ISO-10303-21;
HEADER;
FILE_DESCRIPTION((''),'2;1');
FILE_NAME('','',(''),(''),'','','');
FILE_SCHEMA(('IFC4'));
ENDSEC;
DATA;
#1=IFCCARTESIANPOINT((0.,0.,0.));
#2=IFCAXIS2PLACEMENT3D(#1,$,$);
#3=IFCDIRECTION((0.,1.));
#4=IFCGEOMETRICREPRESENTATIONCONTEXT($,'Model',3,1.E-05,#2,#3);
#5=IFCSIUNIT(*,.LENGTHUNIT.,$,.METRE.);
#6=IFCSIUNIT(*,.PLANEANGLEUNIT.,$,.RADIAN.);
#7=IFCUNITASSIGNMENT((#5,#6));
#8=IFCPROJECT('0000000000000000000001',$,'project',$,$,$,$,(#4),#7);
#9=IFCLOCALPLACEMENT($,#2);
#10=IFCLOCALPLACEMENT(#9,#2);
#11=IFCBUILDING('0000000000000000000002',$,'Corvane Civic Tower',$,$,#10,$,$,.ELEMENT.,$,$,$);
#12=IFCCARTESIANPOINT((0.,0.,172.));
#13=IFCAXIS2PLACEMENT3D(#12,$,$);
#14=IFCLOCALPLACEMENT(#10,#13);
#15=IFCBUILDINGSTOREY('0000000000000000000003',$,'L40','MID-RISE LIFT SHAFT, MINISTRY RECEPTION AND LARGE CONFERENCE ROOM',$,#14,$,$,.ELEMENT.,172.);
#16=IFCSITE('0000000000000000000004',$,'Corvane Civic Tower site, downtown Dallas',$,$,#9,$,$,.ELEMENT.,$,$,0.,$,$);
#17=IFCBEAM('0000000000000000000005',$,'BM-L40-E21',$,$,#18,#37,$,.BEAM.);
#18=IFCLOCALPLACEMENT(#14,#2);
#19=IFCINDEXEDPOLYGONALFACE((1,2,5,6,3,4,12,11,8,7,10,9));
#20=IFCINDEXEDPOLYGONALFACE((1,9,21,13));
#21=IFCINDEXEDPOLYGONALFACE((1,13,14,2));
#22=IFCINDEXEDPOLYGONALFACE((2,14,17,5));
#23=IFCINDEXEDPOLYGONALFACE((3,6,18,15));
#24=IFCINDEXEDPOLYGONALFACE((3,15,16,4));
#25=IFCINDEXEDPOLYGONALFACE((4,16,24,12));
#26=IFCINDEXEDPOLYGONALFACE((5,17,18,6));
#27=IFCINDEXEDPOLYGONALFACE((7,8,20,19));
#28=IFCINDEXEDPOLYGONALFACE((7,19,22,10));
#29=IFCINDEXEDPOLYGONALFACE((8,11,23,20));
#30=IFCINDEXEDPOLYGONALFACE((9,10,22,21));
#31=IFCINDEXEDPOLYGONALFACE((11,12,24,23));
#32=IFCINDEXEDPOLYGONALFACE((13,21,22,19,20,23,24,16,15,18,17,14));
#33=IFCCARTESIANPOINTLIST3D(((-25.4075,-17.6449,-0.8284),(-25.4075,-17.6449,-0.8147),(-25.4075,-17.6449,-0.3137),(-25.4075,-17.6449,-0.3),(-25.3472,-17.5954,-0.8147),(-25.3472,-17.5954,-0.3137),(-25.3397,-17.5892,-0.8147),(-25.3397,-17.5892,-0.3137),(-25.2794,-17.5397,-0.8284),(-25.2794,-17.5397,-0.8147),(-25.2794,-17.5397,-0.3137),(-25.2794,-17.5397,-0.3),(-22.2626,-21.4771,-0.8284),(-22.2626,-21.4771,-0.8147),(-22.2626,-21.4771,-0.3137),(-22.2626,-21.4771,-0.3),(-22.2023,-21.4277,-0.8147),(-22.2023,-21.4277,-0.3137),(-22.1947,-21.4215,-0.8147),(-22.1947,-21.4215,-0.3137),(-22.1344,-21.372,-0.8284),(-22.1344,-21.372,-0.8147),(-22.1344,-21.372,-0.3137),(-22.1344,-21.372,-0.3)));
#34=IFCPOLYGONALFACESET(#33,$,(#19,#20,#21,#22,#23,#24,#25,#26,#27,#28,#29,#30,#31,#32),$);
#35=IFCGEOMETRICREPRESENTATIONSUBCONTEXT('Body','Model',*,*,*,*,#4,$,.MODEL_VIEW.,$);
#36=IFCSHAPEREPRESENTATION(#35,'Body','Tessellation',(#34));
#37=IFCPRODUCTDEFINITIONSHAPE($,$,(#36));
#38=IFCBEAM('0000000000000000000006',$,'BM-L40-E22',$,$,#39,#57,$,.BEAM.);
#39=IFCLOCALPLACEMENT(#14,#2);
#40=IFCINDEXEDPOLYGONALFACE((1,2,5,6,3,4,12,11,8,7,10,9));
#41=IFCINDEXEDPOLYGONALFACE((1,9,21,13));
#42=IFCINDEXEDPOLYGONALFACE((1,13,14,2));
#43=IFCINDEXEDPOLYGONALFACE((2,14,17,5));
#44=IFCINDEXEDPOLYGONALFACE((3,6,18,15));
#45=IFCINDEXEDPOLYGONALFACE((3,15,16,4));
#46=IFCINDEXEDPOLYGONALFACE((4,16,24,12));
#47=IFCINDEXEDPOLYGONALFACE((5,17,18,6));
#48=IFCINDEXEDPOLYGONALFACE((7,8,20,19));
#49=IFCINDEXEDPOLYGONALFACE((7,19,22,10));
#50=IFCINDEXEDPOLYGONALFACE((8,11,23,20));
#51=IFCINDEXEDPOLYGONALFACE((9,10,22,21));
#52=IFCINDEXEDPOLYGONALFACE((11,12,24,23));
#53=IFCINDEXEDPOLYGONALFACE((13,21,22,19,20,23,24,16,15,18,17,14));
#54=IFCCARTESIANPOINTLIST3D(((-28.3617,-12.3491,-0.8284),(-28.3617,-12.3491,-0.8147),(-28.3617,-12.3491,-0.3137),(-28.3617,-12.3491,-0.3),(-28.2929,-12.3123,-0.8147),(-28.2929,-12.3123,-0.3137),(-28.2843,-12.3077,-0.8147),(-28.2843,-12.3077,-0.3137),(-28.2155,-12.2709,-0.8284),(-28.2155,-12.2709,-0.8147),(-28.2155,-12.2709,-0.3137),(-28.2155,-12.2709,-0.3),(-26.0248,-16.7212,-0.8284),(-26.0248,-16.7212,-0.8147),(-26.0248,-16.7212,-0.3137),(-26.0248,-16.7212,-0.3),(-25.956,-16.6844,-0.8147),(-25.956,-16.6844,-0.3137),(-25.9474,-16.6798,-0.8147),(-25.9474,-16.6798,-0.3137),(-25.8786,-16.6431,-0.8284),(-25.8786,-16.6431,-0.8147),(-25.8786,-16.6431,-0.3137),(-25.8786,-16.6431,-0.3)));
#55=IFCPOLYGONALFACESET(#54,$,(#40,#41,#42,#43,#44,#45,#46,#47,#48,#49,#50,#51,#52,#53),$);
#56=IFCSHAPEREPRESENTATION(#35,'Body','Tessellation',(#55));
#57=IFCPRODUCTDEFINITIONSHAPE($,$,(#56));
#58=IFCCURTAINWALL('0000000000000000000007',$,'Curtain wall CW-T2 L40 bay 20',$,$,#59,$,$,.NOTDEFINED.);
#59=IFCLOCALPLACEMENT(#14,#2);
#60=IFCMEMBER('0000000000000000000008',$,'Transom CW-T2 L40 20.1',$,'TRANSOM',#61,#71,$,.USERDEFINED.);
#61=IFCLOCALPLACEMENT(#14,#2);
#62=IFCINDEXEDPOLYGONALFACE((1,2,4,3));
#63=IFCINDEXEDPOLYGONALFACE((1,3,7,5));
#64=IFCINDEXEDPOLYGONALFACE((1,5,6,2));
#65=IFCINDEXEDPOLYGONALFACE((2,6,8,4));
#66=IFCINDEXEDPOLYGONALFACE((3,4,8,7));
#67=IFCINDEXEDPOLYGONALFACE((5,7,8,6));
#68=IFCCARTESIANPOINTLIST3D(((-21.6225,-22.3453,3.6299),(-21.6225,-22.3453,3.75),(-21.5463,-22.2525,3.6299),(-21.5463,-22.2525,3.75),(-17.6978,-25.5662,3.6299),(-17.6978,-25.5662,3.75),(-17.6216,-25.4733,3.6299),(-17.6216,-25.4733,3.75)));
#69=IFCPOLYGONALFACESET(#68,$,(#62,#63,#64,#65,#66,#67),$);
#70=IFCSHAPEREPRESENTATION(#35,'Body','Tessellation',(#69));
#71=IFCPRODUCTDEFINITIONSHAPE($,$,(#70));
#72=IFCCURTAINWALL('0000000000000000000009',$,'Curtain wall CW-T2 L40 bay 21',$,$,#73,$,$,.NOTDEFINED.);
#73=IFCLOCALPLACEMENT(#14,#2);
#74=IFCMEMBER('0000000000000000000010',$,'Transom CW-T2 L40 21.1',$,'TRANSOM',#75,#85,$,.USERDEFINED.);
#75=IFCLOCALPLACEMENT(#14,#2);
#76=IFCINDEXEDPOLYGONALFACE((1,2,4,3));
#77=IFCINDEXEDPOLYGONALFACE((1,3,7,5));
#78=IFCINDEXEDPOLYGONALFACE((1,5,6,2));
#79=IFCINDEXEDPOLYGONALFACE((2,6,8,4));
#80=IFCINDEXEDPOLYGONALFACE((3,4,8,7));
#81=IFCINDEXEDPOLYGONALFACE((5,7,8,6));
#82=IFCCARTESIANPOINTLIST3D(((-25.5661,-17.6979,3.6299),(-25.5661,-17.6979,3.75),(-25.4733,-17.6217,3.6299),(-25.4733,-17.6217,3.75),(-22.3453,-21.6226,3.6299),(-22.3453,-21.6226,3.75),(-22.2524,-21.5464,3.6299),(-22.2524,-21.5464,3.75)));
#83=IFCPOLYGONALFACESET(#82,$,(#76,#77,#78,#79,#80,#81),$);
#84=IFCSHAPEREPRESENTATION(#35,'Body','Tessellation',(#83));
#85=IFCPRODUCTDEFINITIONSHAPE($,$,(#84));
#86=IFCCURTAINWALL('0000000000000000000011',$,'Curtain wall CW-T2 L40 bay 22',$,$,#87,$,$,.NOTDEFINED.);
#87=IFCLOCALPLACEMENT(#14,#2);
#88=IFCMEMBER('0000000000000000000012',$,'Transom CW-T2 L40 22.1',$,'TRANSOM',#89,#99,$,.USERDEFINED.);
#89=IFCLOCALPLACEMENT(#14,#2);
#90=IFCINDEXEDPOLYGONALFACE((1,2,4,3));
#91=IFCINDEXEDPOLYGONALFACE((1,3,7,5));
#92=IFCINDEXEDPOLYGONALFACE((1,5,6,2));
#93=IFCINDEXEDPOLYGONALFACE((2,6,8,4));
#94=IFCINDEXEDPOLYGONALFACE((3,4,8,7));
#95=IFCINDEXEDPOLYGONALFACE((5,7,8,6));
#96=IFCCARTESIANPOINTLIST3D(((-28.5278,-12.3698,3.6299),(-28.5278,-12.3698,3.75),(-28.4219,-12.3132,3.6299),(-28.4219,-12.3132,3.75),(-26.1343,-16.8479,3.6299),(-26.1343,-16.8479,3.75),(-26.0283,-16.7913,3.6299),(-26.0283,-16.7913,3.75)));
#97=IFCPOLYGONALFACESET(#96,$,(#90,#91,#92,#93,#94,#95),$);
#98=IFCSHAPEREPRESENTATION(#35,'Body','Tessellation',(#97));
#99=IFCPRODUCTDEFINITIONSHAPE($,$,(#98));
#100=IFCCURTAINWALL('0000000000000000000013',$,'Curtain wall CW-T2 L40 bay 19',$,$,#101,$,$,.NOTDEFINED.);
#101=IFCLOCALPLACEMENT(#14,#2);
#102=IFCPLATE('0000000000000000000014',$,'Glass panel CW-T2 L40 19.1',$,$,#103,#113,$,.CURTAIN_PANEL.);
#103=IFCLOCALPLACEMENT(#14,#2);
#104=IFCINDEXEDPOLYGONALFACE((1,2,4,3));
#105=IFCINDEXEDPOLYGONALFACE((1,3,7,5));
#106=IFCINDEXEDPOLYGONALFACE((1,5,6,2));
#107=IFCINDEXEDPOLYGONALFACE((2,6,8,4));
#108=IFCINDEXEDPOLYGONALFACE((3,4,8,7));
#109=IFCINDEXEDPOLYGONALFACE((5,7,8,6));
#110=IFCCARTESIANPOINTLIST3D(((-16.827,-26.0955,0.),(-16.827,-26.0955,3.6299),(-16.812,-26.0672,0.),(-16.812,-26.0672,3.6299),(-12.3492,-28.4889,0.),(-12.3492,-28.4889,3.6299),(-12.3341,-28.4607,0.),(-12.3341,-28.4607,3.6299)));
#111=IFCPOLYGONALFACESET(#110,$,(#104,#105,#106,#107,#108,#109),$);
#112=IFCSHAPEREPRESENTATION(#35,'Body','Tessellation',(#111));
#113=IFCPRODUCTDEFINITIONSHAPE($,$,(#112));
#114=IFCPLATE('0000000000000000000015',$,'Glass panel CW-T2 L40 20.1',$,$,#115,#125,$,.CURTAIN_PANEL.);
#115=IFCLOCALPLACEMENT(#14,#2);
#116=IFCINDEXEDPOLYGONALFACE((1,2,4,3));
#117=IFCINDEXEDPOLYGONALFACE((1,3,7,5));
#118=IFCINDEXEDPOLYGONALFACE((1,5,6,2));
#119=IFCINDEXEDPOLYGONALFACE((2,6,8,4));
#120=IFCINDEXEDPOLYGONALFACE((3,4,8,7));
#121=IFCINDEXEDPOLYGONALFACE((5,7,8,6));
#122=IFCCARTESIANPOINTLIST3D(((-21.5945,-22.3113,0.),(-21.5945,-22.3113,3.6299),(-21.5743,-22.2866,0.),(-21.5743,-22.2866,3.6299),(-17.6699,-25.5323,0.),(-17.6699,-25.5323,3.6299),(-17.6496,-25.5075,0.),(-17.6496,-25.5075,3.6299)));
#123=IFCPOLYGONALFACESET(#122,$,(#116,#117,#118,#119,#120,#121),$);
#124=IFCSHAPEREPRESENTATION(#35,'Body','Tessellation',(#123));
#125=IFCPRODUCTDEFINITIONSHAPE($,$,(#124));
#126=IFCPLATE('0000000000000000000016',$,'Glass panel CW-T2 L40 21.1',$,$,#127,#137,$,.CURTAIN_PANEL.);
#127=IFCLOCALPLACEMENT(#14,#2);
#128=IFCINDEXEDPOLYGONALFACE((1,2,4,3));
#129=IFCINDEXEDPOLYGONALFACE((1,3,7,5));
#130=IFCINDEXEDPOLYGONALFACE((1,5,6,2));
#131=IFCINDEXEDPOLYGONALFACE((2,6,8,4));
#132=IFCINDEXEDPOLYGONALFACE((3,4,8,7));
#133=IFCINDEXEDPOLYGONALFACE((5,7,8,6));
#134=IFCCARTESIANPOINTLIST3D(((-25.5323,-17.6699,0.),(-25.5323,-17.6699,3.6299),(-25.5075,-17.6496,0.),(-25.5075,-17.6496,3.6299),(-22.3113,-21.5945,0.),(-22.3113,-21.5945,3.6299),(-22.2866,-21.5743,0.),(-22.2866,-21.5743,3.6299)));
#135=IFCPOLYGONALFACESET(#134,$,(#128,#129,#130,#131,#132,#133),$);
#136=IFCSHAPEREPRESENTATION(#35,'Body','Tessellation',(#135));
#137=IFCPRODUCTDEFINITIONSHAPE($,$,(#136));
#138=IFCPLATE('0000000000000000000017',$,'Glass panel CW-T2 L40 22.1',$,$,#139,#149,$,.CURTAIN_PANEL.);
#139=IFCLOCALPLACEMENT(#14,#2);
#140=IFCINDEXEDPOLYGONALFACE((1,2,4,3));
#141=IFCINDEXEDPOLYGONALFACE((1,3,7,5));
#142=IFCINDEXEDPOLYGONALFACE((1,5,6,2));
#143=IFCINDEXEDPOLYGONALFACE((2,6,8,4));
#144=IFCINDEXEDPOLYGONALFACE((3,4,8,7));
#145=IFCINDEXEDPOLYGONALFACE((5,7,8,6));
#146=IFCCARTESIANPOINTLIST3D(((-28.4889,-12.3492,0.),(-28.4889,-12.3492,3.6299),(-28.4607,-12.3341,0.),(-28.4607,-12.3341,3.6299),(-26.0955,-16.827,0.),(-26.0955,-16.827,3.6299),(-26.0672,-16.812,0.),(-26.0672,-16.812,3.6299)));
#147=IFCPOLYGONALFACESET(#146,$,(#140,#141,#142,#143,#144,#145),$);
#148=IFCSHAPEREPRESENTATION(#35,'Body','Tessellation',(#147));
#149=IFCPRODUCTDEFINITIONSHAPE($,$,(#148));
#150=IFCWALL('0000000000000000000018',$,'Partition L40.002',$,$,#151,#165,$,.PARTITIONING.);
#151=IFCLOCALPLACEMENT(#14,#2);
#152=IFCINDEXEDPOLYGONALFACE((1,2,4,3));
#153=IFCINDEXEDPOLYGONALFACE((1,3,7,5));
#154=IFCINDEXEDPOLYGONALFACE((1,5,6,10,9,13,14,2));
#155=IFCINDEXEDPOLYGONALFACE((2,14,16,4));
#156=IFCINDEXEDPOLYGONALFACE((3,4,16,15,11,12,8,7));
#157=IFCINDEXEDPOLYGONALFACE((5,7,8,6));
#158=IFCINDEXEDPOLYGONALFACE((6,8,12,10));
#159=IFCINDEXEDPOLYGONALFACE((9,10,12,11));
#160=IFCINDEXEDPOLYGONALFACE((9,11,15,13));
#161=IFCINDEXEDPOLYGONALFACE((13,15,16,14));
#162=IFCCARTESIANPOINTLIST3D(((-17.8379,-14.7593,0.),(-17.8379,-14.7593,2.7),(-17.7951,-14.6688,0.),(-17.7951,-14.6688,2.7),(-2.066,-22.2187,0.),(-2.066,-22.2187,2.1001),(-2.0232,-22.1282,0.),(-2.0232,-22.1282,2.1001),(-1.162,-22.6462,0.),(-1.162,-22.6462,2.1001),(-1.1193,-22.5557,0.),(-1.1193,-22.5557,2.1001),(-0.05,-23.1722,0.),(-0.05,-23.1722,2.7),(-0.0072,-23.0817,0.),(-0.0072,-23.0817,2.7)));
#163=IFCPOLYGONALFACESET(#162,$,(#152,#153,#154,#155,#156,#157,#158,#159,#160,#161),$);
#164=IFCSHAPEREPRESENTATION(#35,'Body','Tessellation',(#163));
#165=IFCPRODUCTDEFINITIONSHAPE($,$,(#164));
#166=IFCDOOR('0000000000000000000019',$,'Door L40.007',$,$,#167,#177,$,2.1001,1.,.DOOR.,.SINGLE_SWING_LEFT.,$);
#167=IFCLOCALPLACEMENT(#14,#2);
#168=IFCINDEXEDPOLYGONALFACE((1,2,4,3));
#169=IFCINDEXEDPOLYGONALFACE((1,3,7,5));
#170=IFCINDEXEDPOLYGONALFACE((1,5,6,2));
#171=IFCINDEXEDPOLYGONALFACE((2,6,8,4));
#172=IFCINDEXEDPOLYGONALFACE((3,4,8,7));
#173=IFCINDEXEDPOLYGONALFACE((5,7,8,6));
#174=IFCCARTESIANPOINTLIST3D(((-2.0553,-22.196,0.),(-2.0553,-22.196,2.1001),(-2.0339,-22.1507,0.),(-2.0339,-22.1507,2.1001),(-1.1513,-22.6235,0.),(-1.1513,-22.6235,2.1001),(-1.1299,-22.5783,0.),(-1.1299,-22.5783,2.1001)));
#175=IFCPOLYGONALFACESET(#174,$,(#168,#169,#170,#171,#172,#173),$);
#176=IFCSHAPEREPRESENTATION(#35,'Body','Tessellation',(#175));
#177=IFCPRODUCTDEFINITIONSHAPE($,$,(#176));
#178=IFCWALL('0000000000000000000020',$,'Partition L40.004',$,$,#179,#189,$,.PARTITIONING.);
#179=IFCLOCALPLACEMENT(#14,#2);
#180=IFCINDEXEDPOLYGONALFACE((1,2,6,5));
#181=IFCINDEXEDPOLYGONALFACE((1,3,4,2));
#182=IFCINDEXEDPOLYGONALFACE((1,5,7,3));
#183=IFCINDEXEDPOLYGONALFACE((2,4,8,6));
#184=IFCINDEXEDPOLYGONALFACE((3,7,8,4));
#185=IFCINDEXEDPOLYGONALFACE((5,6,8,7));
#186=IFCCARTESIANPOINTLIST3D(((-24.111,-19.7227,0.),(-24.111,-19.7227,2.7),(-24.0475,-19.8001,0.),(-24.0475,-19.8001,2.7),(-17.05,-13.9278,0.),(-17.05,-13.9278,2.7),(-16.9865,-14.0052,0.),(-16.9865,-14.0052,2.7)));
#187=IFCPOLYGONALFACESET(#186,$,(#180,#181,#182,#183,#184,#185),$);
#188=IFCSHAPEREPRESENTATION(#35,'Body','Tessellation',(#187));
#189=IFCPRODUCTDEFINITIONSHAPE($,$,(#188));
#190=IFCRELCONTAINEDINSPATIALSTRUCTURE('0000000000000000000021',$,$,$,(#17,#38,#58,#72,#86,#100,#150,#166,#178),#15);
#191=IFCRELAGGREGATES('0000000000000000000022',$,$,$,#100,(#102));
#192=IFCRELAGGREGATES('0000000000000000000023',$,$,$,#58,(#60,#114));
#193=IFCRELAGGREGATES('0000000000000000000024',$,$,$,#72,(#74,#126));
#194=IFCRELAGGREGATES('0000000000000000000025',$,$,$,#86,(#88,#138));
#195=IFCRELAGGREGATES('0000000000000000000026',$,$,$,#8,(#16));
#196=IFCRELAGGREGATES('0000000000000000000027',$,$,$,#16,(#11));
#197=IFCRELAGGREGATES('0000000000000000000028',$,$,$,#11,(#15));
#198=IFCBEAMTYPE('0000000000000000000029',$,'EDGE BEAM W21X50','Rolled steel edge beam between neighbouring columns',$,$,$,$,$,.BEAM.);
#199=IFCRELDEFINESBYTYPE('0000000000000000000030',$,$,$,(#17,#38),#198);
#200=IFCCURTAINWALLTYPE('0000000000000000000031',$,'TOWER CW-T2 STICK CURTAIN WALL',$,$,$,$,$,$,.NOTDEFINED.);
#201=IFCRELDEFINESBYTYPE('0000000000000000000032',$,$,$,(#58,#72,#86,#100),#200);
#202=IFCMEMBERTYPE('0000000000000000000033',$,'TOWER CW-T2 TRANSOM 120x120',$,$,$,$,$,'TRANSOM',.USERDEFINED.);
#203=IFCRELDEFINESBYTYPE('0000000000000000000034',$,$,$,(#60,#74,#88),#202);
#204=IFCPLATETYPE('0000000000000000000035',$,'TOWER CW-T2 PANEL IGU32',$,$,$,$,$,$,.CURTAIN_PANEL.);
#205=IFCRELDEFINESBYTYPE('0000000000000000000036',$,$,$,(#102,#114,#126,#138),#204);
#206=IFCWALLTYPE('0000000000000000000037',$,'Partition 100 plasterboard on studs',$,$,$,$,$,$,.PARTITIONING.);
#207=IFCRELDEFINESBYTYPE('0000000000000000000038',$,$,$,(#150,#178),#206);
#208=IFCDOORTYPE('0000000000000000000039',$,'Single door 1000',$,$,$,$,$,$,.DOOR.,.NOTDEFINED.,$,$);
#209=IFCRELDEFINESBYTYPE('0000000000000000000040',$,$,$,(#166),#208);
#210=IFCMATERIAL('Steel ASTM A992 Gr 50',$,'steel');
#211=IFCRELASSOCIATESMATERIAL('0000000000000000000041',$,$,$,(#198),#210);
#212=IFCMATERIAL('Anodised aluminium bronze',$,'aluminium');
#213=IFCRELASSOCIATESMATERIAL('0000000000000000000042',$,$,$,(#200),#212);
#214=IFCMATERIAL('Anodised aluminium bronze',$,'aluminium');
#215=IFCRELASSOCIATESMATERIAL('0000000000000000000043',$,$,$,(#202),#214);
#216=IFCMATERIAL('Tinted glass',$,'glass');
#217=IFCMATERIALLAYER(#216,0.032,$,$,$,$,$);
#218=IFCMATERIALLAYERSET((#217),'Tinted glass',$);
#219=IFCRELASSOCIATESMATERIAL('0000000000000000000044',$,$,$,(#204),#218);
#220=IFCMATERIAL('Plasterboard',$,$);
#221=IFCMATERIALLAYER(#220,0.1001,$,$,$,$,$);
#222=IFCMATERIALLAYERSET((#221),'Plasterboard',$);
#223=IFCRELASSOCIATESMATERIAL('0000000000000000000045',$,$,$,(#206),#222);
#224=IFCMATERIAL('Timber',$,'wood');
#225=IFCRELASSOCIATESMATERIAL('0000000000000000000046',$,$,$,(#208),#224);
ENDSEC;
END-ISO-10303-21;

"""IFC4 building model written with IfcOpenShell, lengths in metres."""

from ifc_helpers import new_model, si_unit, direction, frame, frame_2d, origin, origin_2d, place, context, subcontext, project, spatial, rectangle, i_section, extrude, material, layer, layer_set, material_profile, profile_set, type_object, element, fill, aggregate, save


model = new_model("IFC4")

# Units and contexts
model_context = context("Model", 3, precision=1e-05, world=origin(), true_north=direction((0.0, 1.0)))
body_context = subcontext(model_context, "Body", "Model", "MODEL_VIEW")
ifc_project = project(units=[si_unit("LENGTHUNIT", "METRE"), si_unit("PLANEANGLEUNIT", "RADIAN")], contexts=[model_context])

# Site, building, storey
site_placement = place(None, origin())
site = spatial("IfcSite", under=ifc_project, at=site_placement, Name="Corvane Civic Tower site, downtown Dallas", CompositionType="ELEMENT", RefElevation=0.0)
building_placement = place(site_placement, origin())
building = spatial("IfcBuilding", under=site, at=building_placement, Name="Corvane Civic Tower", CompositionType="ELEMENT")
storey_placement = place(building_placement, frame((0.0, 0.0, 172.0)))
storey = spatial("IfcBuildingStorey", under=building, at=storey_placement, Name="L40", Description="MID-RISE LIFT SHAFT, MINISTRY RECEPTION AND LARGE CONFERENCE ROOM", CompositionType="ELEMENT", Elevation=172.0)

# Beams
ifc_material_1 = material(Name="Steel ASTM A992 Gr 50", Category="steel")
ifc_material_profile_1 = material_profile(ifc_material_1, i_section(OverallWidth=0.1658, OverallDepth=0.5283, WebThickness=0.0098, FlangeThickness=0.0137, at=origin_2d()), Name="W21X50")
ifc_profile_set_1 = profile_set([ifc_material_profile_1], Name="Steel ASTM A992 Gr 50")
beam_type = type_object("IfcBeamType", Name="EDGE BEAM W21X50", Description="Rolled steel edge beam between neighbouring columns", PredefinedType="BEAM", material=ifc_profile_set_1)
for number, where, z_axis, x_axis, name in (
    (1, (-22.1985, -21.4246, -0.5642), (-0.634388, 0.773015, 0.0), (-0.773015, -0.634388, 0.0), "BM-L40-E21"),
    (2, (-25.9517, -16.6821, -0.5642), (-0.471396, 0.881922, 0.0), (-0.881922, -0.471396, 0.0), "BM-L40-E22"),
):
    element("IfcBeam", number, at=place(storey_placement, frame(where, z_axis=z_axis, x_axis=x_axis)), inside=storey, type_object=beam_type, Name=name, PredefinedType="BEAM", context=body_context, shape_type="SweptSolid", body=[
        extrude(i_section(OverallWidth=0.1658, OverallDepth=0.5283, WebThickness=0.0098, FlangeThickness=0.0137, at=origin_2d()), origin(), (0.0, 0.0, 1.0), 4.9575),
    ])

# Curtain walls, members
ifc_material_2 = material(Name="Anodised aluminium bronze", Category="aluminium")
curtain_wall_type = type_object("IfcCurtainWallType", Name="TOWER CW-T2 STICK CURTAIN WALL", PredefinedType="NOTDEFINED", material=ifc_material_2)
curtain_wall_1_placement = place(storey_placement, origin())
curtain_wall_1 = element("IfcCurtainWall", 3, at=curtain_wall_1_placement, inside=storey, type_object=curtain_wall_type, Name="Curtain wall CW-T2 L40 bay 20", PredefinedType="NOTDEFINED")
ifc_material_3 = material(Name="Anodised aluminium bronze", Category="aluminium")
ifc_material_profile_2 = material_profile(ifc_material_3, rectangle(XDim=0.1201, YDim=0.1201, at=origin_2d()), Name="TOWER CW-T2 TRANSOM 120x120")
ifc_profile_set_2 = profile_set([ifc_material_profile_2], Name="Anodised aluminium bronze")
member_type = type_object("IfcMemberType", Name="TOWER CW-T2 TRANSOM 120x120", ElementType="TRANSOM", PredefinedType="USERDEFINED", material=ifc_profile_set_2)
member_1_placement = place(storey_placement, frame((-17.6597, -25.5198, 3.6899), z_axis=(-0.773016, 0.634387, 0.0), x_axis=(-0.634387, -0.773016, 0.0)))
member_1 = element("IfcMember", 4, at=member_1_placement, type_object=member_type, Name="Transom CW-T2 L40 20.1", ObjectType="TRANSOM", PredefinedType="USERDEFINED", context=body_context, shape_type="SweptSolid", body=[
    extrude(rectangle(XDim=0.1201, YDim=0.1201, at=origin_2d()), origin(), (0.0, 0.0, 1.0), 5.0771),
])
curtain_wall_2_placement = place(storey_placement, origin())
curtain_wall_2 = element("IfcCurtainWall", 5, at=curtain_wall_2_placement, inside=storey, type_object=curtain_wall_type, Name="Curtain wall CW-T2 L40 bay 21", PredefinedType="NOTDEFINED")
member_2_placement = place(storey_placement, frame((-22.2988, -21.5845, 3.6899), z_axis=(-0.634387, 0.773016, 0.0), x_axis=(-0.773016, -0.634387, 0.0)))
member_2 = element("IfcMember", 6, at=member_2_placement, type_object=member_type, Name="Transom CW-T2 L40 21.1", ObjectType="TRANSOM", PredefinedType="USERDEFINED", context=body_context, shape_type="SweptSolid", body=[
    extrude(rectangle(XDim=0.1201, YDim=0.1201, at=origin_2d()), origin(), (0.0, 0.0, 1.0), 5.0771),
])
curtain_wall_3_placement = place(storey_placement, origin())
curtain_wall_3 = element("IfcCurtainWall", 7, at=curtain_wall_3_placement, inside=storey, type_object=curtain_wall_type, Name="Curtain wall CW-T2 L40 bay 22", PredefinedType="NOTDEFINED")
member_3_placement = place(storey_placement, frame((-26.0813, -16.8196, 3.6899), z_axis=(-0.471397, 0.881921, 0.0), x_axis=(-0.881921, -0.471397, 0.0)))
member_3 = element("IfcMember", 8, at=member_3_placement, type_object=member_type, Name="Transom CW-T2 L40 22.1", ObjectType="TRANSOM", PredefinedType="USERDEFINED", context=body_context, shape_type="SweptSolid", body=[
    extrude(rectangle(XDim=0.1201, YDim=0.1201, at=origin_2d()), origin(), (0.0, 0.0, 1.0), 5.0776),
])

# Curtain wall, plate
curtain_wall_4_placement = place(storey_placement, origin())
curtain_wall_4 = element("IfcCurtainWall", 9, at=curtain_wall_4_placement, inside=storey, type_object=curtain_wall_type, Name="Curtain wall CW-T2 L40 bay 19", PredefinedType="NOTDEFINED")
ifc_material_4 = material(Name="Tinted glass", Category="glass")
ifc_layer_1 = layer(ifc_material_4, 0.032)
ifc_layer_set_1 = layer_set([ifc_layer_1], Name="Tinted glass")
plate_type = type_object("IfcPlateType", Name="TOWER CW-T2 PANEL IGU32", PredefinedType="CURTAIN_PANEL", material=ifc_layer_set_1)
plate_1_placement = place(storey_placement, frame((-14.5806, -27.2781, 0.0), z_axis=(0.0, 0.0, 1.0), x_axis=(-0.881922, 0.471395, 0.0)))
plate_1 = element("IfcPlate", 10, at=plate_1_placement, type_object=plate_type, Name="Glass panel CW-T2 L40 19.1", PredefinedType="CURTAIN_PANEL", context=body_context, shape_type="SweptSolid", body=[
    extrude(rectangle(XDim=5.0774, YDim=0.032, at=origin_2d()), origin(), (0.0, 0.0, 1.0), 3.6299),
])
aggregate(curtain_wall_4, [plate_1])

# Plates
plate_2_placement = place(storey_placement, frame((-19.6221, -23.9094, 0.0), z_axis=(0.0, 0.0, 1.0), x_axis=(-0.773005, 0.6344, 0.0)))
plate_2 = element("IfcPlate", 11, at=plate_2_placement, type_object=plate_type, Name="Glass panel CW-T2 L40 20.1", PredefinedType="CURTAIN_PANEL", context=body_context, shape_type="SweptSolid", body=[
    extrude(rectangle(XDim=5.0771, YDim=0.032, at=origin_2d()), origin(), (0.0, 0.0, 1.0), 3.6299),
])
aggregate(curtain_wall_1, [member_1, plate_2])
plate_3_placement = place(storey_placement, frame((-23.9094, -19.6221, 0.0), z_axis=(0.0, 0.0, 1.0), x_axis=(-0.6344, 0.773005, 0.0)))
plate_3 = element("IfcPlate", 12, at=plate_3_placement, type_object=plate_type, Name="Glass panel CW-T2 L40 21.1", PredefinedType="CURTAIN_PANEL", context=body_context, shape_type="SweptSolid", body=[
    extrude(rectangle(XDim=5.0771, YDim=0.032, at=origin_2d()), origin(), (0.0, 0.0, 1.0), 3.6299),
])
aggregate(curtain_wall_2, [member_2, plate_3])
plate_4_placement = place(storey_placement, frame((-27.2781, -14.5806, 0.0), z_axis=(0.0, 0.0, 1.0), x_axis=(-0.471395, 0.881922, 0.0)))
plate_4 = element("IfcPlate", 13, at=plate_4_placement, type_object=plate_type, Name="Glass panel CW-T2 L40 22.1", PredefinedType="CURTAIN_PANEL", context=body_context, shape_type="SweptSolid", body=[
    extrude(rectangle(XDim=5.0774, YDim=0.032, at=origin_2d()), origin(), (0.0, 0.0, 1.0), 3.6299),
])
aggregate(curtain_wall_3, [member_3, plate_4])

# Wall, opening, door
ifc_material_5 = material(Name="Plasterboard")
ifc_layer_2 = layer(ifc_material_5, 0.1001)
ifc_layer_set_2 = layer_set([ifc_layer_2], Name="Plasterboard")
wall_type_1 = type_object("IfcWallType", Name="Partition 100 plasterboard on studs", PredefinedType="PARTITIONING", material=ifc_layer_set_2)
wall_1_placement = place(storey_placement, frame((-17.8164, -14.7141, 0.0), z_axis=(0.0, 0.0, 1.0), x_axis=(0.903993, -0.427548, 0.0)))
wall_1 = element("IfcWall", 14, at=wall_1_placement, inside=storey, type_object=wall_type_1, Name="Partition L40.002", PredefinedType="PARTITIONING", context=body_context, shape_type="SweptSolid", body=[
    extrude(rectangle(XDim=19.677, YDim=0.1001, at=frame_2d((9.8384, 0.0))), origin(), (0.0, 0.0, 1.0), 2.7),
])
opening_1_placement = place(wall_1_placement, frame((17.4468, 0.0, 0.0)))
opening_1 = element("IfcOpeningElement", 15, at=opening_1_placement, cuts=wall_1, PredefinedType="OPENING", context=body_context, shape_type="SweptSolid", body=[
    extrude(rectangle(XDim=1.0, YDim=2.1001, at=frame_2d((0.5, 1.05))), frame((0.0, 0.0601, 0.0), z_axis=(0.0, -1.0, 0.0), x_axis=(1.0, 0.0, 0.0)), (0.0, 0.0, 1.0), 0.1201),
])
ifc_material_6 = material(Name="Timber", Category="wood")
door_type_1 = type_object("IfcDoorType", Name="Single door 1000", OperationType="NOTDEFINED", PredefinedType="DOOR", material=ifc_material_6)
door_1_placement = place(opening_1_placement, frame((1.0, 0.0, 0.0), z_axis=(0.0, 0.0, 1.0), x_axis=(-1.0, 0.0, 0.0)))
door_1 = element("IfcDoor", 16, at=door_1_placement, inside=storey, type_object=door_type_1, Name="Door L40.007", OperationType="SINGLE_SWING_LEFT", OverallHeight=2.1001, OverallWidth=1.0, PredefinedType="DOOR", context=body_context, shape_type="SweptSolid", body=[
    extrude(rectangle(XDim=1.0, YDim=2.1001, at=frame_2d((0.5, 1.05))), frame((0.0, 0.0249, 0.0), z_axis=(0.0, -1.0, 0.0), x_axis=(1.0, 0.0, 0.0)), (0.0, 0.0, 1.0), 0.05),
])
fill(opening_1, door_1)

# Wall
wall_2_placement = place(storey_placement, frame((-24.0793, -19.7615, 0.0), z_axis=(0.0, 0.0, 1.0), x_axis=(0.773006, 0.634399, 0.0)))
element("IfcWall", 17, at=wall_2_placement, inside=storey, type_object=wall_type_1, Name="Partition L40.004", PredefinedType="PARTITIONING", context=body_context, shape_type="SweptSolid", body=[
    extrude(rectangle(XDim=9.1345, YDim=0.1001, at=frame_2d((4.5674, 0.0))), origin(), (0.0, 0.0, 1.0), 2.7),
])

save(model, "model.ifc")
